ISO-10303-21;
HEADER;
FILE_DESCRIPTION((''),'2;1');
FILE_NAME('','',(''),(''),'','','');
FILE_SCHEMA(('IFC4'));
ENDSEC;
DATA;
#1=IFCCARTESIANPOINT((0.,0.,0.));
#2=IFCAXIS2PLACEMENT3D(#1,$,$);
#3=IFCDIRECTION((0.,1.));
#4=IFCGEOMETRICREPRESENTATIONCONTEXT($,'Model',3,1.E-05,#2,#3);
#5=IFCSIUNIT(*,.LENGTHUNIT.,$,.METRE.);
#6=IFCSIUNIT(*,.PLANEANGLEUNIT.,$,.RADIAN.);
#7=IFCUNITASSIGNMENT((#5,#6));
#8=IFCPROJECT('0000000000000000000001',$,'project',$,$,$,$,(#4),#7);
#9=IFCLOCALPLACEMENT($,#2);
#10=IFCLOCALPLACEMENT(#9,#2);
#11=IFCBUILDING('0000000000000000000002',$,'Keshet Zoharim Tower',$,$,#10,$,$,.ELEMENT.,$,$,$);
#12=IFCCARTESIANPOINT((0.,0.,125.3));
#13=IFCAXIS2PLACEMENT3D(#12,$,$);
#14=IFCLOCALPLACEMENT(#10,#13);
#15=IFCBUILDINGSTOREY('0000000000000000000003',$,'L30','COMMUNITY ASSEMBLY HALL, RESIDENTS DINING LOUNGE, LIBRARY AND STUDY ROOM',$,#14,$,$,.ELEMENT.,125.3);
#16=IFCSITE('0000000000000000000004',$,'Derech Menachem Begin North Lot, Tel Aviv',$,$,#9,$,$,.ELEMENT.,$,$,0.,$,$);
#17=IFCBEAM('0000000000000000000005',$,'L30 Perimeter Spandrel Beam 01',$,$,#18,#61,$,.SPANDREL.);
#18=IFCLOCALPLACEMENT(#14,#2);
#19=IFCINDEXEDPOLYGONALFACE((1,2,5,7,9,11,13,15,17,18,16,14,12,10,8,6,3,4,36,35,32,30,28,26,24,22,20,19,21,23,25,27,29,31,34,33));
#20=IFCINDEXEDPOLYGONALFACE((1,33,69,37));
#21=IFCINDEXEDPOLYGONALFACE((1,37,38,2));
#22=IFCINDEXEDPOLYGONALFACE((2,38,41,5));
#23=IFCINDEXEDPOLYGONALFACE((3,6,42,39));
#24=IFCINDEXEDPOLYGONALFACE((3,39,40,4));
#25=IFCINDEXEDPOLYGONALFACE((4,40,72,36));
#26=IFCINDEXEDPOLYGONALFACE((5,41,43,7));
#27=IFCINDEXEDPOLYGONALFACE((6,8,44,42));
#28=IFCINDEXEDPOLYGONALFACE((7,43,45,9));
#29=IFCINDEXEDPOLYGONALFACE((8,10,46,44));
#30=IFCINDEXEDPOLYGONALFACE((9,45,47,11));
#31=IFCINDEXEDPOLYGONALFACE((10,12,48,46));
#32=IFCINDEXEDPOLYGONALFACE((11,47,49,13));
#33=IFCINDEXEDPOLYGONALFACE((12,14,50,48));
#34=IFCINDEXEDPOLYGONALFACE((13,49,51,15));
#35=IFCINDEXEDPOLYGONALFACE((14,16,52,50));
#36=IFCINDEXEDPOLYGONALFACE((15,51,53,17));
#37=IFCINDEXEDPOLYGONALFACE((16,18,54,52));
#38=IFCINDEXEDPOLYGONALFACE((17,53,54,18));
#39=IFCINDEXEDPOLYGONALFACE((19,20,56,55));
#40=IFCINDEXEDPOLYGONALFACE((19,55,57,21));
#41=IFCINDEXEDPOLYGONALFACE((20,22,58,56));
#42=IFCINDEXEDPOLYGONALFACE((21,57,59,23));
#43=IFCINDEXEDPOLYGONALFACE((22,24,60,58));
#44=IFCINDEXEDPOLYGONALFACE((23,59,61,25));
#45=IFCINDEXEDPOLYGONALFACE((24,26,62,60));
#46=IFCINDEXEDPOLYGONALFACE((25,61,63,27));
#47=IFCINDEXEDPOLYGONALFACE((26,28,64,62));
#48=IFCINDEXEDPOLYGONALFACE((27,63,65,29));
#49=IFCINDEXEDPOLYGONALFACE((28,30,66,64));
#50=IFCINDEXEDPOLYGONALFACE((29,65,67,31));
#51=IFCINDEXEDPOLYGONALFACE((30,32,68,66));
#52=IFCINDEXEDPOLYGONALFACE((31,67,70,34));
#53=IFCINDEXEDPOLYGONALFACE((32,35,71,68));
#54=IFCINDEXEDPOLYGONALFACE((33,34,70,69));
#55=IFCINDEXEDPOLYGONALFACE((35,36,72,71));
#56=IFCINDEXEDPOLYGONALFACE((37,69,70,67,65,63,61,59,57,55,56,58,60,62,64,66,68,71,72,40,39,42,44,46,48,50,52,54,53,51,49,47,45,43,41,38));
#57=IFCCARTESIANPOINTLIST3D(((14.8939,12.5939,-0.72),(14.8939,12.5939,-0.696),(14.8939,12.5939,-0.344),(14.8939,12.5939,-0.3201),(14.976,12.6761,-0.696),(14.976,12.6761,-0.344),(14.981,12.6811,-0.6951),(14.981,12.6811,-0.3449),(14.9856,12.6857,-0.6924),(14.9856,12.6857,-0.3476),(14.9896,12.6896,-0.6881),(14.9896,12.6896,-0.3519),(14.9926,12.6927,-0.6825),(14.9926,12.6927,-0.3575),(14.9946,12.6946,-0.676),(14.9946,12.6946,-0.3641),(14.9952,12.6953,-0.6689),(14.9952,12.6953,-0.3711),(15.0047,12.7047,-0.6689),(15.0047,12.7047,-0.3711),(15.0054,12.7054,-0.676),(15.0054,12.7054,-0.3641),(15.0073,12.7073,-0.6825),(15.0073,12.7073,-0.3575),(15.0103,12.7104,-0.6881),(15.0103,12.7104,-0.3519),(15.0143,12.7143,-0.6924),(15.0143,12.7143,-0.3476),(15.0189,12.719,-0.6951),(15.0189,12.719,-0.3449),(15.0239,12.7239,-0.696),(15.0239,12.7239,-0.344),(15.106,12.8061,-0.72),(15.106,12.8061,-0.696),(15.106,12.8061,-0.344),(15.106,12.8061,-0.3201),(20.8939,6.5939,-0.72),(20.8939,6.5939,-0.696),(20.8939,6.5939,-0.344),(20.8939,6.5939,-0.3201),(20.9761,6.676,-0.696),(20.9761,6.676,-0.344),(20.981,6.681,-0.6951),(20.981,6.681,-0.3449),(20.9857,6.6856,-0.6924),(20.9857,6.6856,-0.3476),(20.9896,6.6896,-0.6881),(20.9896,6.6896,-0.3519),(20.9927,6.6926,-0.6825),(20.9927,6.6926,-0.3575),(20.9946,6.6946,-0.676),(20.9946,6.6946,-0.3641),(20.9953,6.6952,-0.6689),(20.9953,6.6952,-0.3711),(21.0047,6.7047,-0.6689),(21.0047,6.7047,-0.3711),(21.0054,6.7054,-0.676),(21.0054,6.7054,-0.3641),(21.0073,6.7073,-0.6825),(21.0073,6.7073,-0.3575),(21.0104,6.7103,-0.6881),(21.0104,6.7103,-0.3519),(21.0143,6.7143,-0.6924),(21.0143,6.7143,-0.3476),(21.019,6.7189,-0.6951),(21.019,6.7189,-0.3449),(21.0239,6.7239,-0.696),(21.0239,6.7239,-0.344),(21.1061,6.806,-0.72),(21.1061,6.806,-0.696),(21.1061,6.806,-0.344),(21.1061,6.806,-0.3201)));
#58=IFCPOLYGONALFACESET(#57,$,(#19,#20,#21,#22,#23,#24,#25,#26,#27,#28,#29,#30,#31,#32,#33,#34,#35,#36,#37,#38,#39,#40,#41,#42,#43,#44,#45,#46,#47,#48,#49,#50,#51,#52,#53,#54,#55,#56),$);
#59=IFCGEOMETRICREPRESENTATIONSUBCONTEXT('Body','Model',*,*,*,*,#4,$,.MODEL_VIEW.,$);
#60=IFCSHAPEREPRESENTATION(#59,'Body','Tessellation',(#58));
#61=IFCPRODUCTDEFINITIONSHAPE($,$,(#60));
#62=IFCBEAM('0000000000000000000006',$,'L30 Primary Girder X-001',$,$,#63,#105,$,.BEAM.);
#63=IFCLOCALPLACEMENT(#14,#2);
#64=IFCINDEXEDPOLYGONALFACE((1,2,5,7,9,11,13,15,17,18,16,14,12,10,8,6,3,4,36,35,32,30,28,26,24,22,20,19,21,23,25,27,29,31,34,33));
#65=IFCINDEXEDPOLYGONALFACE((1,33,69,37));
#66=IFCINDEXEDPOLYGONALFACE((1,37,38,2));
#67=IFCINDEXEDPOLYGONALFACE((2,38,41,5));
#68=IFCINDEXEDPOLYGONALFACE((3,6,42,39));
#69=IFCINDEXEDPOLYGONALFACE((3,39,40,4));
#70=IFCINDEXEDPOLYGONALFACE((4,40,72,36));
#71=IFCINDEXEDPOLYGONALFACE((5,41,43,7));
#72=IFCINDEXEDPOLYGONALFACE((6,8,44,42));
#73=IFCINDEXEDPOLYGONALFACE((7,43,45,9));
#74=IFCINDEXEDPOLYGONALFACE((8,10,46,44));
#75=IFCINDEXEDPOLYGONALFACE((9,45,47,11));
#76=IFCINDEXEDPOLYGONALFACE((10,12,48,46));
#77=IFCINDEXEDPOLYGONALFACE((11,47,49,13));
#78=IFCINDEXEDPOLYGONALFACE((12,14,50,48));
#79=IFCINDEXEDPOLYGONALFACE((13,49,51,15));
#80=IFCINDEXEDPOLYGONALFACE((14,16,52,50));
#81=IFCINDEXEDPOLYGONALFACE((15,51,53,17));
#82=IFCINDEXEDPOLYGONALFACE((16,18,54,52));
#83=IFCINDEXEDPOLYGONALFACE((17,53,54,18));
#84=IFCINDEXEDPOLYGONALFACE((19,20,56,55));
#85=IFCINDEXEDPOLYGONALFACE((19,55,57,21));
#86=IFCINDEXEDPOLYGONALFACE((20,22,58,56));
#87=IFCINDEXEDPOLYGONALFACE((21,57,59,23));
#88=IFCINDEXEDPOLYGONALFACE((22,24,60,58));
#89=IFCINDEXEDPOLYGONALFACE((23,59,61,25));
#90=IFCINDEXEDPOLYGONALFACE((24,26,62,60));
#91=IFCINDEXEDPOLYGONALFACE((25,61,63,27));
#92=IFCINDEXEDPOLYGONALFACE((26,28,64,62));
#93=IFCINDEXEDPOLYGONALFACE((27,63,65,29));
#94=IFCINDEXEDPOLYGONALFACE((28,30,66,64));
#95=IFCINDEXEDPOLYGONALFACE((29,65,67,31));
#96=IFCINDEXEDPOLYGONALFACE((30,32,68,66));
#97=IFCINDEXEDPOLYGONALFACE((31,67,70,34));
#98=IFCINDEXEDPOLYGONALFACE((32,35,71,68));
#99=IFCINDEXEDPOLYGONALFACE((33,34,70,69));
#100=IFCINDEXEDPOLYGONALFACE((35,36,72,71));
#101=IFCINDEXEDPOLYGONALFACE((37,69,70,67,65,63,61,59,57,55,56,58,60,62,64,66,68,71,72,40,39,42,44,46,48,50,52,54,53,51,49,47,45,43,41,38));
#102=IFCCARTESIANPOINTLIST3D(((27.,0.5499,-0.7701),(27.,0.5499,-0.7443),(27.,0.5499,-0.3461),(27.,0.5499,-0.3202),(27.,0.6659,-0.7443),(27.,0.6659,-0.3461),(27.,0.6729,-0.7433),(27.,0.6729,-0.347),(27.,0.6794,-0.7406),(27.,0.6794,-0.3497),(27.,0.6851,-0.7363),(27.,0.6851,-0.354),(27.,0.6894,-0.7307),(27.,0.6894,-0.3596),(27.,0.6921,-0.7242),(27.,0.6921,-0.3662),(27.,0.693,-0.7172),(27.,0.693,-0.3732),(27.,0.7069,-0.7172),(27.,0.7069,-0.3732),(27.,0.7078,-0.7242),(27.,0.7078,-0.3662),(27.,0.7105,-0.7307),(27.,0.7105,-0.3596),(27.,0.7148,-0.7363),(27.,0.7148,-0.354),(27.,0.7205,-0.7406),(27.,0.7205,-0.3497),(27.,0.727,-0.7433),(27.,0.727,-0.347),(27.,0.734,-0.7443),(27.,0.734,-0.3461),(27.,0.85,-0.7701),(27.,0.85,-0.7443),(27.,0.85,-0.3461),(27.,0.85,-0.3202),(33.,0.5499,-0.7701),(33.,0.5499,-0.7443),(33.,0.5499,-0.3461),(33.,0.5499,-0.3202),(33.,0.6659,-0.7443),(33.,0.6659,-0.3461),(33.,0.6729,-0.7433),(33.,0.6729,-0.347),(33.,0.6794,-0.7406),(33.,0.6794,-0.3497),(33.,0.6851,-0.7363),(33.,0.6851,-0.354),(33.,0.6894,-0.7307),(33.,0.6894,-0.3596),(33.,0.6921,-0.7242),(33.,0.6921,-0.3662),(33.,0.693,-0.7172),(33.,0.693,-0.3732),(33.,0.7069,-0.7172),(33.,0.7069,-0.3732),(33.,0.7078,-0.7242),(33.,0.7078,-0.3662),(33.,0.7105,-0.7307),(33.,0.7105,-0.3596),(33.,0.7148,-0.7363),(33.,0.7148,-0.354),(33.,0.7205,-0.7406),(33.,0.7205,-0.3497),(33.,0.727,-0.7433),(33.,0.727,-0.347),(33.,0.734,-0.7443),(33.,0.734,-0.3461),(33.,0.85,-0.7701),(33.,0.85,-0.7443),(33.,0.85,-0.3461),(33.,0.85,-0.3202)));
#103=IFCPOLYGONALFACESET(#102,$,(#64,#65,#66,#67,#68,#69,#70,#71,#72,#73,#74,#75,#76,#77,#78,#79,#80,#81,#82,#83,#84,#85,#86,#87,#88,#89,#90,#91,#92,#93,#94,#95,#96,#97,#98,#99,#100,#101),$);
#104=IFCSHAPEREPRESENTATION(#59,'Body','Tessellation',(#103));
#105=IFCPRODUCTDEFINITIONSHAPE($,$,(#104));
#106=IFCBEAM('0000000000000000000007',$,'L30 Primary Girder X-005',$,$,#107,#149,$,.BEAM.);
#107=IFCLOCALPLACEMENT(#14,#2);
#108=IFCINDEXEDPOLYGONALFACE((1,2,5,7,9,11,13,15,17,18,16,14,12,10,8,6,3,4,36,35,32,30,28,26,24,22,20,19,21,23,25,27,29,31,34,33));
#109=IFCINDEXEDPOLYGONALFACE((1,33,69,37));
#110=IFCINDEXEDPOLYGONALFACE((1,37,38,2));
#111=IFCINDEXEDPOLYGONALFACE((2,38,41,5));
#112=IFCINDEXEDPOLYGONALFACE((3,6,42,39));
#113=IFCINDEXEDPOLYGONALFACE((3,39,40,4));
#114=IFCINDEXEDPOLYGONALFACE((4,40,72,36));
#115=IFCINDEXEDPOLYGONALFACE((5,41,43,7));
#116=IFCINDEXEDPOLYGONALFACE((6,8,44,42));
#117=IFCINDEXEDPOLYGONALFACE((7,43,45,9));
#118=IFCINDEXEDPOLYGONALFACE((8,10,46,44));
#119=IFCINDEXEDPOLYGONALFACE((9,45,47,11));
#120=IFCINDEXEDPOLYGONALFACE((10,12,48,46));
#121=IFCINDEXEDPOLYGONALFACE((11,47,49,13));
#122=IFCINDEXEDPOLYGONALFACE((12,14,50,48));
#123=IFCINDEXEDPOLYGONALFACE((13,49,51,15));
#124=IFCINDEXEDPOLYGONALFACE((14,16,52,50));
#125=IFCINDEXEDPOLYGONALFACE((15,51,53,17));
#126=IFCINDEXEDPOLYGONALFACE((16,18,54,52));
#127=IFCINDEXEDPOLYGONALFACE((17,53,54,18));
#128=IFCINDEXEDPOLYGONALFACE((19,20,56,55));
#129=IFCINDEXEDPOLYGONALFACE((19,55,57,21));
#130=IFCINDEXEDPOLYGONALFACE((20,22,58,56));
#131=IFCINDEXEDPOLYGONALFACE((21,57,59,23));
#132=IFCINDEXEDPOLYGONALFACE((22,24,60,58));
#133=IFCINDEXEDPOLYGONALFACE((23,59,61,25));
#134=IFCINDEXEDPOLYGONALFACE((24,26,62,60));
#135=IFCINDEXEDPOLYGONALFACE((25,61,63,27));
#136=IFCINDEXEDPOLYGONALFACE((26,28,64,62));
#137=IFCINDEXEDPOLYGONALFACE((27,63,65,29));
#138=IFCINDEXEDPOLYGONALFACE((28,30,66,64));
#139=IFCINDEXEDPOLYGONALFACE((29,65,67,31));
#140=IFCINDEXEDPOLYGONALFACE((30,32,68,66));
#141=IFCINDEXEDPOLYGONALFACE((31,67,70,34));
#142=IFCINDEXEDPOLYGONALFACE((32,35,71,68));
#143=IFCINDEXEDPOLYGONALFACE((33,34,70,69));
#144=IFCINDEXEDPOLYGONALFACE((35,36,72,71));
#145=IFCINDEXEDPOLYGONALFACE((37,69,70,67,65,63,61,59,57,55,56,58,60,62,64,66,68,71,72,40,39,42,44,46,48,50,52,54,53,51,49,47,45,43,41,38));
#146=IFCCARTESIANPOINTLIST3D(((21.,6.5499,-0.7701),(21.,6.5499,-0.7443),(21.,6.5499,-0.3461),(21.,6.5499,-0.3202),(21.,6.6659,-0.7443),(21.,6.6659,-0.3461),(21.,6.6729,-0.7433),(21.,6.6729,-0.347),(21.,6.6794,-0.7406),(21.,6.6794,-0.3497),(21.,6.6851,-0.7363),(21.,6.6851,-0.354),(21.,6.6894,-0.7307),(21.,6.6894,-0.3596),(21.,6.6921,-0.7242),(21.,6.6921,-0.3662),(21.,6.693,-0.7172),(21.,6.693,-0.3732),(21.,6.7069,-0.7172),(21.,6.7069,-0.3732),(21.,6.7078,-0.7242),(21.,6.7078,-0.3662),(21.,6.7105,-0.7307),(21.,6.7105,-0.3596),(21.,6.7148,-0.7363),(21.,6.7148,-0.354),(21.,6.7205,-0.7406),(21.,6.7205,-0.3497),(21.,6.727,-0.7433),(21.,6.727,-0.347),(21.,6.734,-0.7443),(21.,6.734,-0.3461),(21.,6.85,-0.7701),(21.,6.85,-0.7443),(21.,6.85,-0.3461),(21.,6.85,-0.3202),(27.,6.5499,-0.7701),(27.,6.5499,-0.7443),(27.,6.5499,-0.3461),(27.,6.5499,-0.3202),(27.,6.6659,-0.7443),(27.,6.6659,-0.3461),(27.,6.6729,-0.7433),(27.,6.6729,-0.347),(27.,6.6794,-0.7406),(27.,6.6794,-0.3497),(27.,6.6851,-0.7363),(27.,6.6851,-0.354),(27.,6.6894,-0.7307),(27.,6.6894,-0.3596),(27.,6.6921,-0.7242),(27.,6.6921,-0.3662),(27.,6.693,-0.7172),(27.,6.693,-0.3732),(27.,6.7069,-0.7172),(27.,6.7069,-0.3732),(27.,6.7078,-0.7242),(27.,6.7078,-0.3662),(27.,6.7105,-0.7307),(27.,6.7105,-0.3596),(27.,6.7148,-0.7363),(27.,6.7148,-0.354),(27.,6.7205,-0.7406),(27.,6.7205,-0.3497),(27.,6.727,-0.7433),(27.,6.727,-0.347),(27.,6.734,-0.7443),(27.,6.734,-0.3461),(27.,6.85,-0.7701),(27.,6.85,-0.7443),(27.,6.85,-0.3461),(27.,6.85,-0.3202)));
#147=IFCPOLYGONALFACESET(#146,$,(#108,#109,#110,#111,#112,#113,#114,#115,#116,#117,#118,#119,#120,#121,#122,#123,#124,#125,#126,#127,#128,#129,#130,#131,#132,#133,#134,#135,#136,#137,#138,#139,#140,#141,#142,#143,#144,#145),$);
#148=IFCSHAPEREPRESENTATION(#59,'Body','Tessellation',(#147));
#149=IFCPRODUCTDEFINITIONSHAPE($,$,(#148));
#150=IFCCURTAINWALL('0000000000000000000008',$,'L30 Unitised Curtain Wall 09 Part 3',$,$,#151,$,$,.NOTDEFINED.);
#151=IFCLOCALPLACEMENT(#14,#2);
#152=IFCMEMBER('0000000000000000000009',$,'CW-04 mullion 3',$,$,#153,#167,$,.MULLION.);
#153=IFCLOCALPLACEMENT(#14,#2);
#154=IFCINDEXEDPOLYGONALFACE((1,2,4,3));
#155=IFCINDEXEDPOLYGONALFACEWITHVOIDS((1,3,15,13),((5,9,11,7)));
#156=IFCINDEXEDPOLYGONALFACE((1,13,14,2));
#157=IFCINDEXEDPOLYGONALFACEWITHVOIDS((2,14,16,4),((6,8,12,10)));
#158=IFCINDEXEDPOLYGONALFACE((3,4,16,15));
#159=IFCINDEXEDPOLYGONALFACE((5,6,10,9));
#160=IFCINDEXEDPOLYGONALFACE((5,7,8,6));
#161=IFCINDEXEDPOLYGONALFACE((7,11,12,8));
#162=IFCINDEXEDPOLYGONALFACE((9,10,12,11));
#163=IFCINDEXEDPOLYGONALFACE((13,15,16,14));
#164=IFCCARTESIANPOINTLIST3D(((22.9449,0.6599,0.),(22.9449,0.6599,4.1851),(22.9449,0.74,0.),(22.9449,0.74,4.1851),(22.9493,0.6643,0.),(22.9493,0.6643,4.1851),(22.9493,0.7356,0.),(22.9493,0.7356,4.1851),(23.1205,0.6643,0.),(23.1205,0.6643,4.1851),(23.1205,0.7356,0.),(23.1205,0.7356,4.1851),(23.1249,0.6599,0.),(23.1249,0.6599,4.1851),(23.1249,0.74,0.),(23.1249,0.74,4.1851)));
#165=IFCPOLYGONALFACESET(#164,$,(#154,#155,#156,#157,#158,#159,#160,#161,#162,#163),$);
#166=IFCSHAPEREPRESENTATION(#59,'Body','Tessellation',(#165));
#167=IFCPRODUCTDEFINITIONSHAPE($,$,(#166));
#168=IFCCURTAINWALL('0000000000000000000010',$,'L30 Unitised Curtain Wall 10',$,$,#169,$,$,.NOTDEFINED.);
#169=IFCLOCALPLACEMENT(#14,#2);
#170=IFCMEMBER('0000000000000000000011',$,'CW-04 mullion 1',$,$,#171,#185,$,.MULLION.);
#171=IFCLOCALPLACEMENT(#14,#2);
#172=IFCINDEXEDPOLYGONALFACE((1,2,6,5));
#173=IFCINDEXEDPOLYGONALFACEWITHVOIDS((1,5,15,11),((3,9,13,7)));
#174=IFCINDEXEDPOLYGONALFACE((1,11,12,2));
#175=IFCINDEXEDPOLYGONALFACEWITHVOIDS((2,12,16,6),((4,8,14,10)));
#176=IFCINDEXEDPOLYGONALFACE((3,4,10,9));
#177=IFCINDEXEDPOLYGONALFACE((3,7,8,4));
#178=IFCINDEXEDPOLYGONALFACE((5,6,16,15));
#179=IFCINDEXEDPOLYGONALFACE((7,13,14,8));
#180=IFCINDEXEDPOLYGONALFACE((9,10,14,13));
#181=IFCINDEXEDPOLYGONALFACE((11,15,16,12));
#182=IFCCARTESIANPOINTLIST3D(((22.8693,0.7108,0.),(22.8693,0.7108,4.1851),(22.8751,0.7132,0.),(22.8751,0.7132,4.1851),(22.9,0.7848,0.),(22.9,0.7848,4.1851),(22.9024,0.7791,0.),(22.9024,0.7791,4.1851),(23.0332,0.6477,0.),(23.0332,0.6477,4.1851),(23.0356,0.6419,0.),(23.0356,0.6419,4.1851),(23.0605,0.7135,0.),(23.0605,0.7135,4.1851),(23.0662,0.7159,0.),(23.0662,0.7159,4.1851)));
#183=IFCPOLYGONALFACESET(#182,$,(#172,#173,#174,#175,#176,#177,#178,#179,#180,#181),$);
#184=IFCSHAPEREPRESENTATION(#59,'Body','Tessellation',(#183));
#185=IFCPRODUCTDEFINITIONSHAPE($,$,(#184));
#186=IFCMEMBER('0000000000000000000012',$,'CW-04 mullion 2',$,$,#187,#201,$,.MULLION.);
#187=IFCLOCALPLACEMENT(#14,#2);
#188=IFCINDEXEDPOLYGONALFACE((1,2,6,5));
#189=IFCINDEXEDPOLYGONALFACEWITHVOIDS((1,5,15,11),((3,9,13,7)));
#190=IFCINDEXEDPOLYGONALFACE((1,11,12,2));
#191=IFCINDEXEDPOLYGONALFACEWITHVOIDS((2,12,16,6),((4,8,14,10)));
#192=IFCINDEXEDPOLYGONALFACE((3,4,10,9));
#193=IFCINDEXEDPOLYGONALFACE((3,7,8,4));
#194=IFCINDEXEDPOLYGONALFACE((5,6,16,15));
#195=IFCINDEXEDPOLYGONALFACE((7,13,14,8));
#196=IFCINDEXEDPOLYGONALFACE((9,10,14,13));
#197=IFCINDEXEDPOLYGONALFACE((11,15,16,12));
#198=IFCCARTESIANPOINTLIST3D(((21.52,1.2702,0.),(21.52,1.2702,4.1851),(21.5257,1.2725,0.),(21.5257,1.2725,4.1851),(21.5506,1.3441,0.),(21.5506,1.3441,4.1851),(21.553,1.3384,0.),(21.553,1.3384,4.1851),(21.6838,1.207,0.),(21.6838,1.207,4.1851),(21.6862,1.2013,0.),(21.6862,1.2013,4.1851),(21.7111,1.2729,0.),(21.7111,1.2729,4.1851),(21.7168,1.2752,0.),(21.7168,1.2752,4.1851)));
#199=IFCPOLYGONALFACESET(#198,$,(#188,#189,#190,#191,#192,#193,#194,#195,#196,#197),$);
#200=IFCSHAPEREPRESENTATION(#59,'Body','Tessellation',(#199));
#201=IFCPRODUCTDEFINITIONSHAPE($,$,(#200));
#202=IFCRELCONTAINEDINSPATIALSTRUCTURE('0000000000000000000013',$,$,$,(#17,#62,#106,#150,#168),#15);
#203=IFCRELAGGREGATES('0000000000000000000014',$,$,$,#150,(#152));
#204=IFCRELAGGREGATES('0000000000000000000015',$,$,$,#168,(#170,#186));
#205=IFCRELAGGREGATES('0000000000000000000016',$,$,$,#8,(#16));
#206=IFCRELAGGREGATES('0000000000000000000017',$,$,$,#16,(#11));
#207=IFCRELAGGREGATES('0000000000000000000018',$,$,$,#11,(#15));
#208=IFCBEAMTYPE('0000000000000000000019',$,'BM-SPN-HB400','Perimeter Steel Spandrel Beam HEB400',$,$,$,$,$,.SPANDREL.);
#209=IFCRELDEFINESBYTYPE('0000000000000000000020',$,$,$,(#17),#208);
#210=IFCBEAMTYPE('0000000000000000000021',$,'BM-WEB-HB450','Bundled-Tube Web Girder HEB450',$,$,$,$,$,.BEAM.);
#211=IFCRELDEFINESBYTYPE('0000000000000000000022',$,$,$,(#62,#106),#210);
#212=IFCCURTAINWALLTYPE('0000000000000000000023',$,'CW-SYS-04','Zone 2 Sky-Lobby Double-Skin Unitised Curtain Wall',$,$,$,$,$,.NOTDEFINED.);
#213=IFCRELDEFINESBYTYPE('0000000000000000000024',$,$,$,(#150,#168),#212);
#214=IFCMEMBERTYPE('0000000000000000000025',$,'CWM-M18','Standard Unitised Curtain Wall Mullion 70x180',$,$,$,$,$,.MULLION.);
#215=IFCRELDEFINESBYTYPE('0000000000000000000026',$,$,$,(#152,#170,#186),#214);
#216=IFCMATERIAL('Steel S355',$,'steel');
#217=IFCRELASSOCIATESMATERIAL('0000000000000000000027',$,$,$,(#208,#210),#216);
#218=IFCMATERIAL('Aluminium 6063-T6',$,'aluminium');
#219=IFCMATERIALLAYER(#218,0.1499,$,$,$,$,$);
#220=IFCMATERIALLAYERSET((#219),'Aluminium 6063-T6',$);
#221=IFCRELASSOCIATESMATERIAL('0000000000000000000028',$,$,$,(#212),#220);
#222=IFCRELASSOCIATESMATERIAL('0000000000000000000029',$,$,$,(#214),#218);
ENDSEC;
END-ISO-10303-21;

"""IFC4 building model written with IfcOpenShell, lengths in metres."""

from ifc_helpers import new_model, si_unit, direction, frame, origin, origin_2d, place, context, subcontext, project, spatial, hollow_rectangle, i_section, extrude, material, layer, layer_set, material_profile, profile_set, type_object, element, aggregate, save


model = new_model("IFC4")

# Units and contexts
model_context = context("Model", 3, precision=1e-05, world=origin(), true_north=direction((0.0, 1.0)))
body_context = subcontext(model_context, "Body", "Model", "MODEL_VIEW")
ifc_project = project(units=[si_unit("LENGTHUNIT", "METRE"), si_unit("PLANEANGLEUNIT", "RADIAN")], contexts=[model_context])

# Site, building, storey
site_placement = place(None, origin())
site = spatial("IfcSite", under=ifc_project, at=site_placement, Name="Derech Menachem Begin North Lot, Tel Aviv", CompositionType="ELEMENT", RefElevation=0.0)
building_placement = place(site_placement, origin())
building = spatial("IfcBuilding", under=site, at=building_placement, Name="Keshet Zoharim Tower", CompositionType="ELEMENT")
storey_placement = place(building_placement, frame((0.0, 0.0, 125.3)))
storey = spatial("IfcBuildingStorey", under=building, at=storey_placement, Name="L30", Description="COMMUNITY ASSEMBLY HALL, RESIDENTS DINING LOUNGE, LIBRARY AND STUDY ROOM", CompositionType="ELEMENT", Elevation=125.3)

# Shared definitions
ifc_material_1 = material(Name="Steel S355", Category="steel")

# Beams
ifc_material_profile_1 = material_profile(ifc_material_1, i_section(OverallWidth=0.3, OverallDepth=0.3999, WebThickness=0.0134, FlangeThickness=0.0239, FilletRadius=0.0271, at=origin_2d()), Name="HEB400")
ifc_profile_set_1 = profile_set([ifc_material_profile_1], Name="Steel S355")
beam_type_1 = type_object("IfcBeamType", Name="BM-SPN-HB400", Description="Perimeter Steel Spandrel Beam HEB400", PredefinedType="SPANDREL", material=ifc_profile_set_1)
beam_1_placement = place(storey_placement, frame((21.0, 6.7, -0.52), z_axis=(-0.707107, 0.707107, 0.0), x_axis=(-0.707107, -0.707107, 0.0)))
element("IfcBeam", 1, at=beam_1_placement, inside=storey, type_object=beam_type_1, Name="L30 Perimeter Spandrel Beam 01", PredefinedType="SPANDREL", context=body_context, shape_type="SweptSolid", body=[
    extrude(i_section(OverallWidth=0.3, OverallDepth=0.3999, WebThickness=0.0134, FlangeThickness=0.0239, FilletRadius=0.0271, at=origin_2d()), origin(), (0.0, 0.0, 1.0), 8.4854),
])
ifc_material_profile_2 = material_profile(ifc_material_1, i_section(OverallWidth=0.3, OverallDepth=0.45, WebThickness=0.0139, FlangeThickness=0.0259, FilletRadius=0.0271, at=origin_2d()), Name="HEB450")
ifc_profile_set_2 = profile_set([ifc_material_profile_2], Name="Steel S355")
beam_type_2 = type_object("IfcBeamType", Name="BM-WEB-HB450", Description="Bundled-Tube Web Girder HEB450", PredefinedType="BEAM", material=ifc_profile_set_2)
for number, where, z_axis, x_axis, name in (
    (2, (27.0, 0.7, -0.5452), (1.0, 0.0, 0.0), (0.0, 1.0, 0.0), "L30 Primary Girder X-001"),
    (3, (21.0, 6.7, -0.5452), (1.0, 0.0, 0.0), (0.0, 1.0, 0.0), "L30 Primary Girder X-005"),
):
    element("IfcBeam", number, at=place(storey_placement, frame(where, z_axis=z_axis, x_axis=x_axis)), inside=storey, type_object=beam_type_2, Name=name, PredefinedType="BEAM", context=body_context, shape_type="SweptSolid", body=[
        extrude(i_section(OverallWidth=0.3, OverallDepth=0.45, WebThickness=0.0139, FlangeThickness=0.0259, FilletRadius=0.0271, at=origin_2d()), origin(), (0.0, 0.0, 1.0), 6.0),
    ])

# Curtain wall, member
ifc_material_2 = material(Name="Aluminium 6063-T6", Category="aluminium")
ifc_layer_1 = layer(ifc_material_2, 0.1499)
ifc_layer_set_1 = layer_set([ifc_layer_1], Name="Aluminium 6063-T6")
curtain_wall_type = type_object("IfcCurtainWallType", Name="CW-SYS-04", Description="Zone 2 Sky-Lobby Double-Skin Unitised Curtain Wall", PredefinedType="NOTDEFINED", material=ifc_layer_set_1)
curtain_wall_1_placement = place(storey_placement, origin())
curtain_wall_1 = element("IfcCurtainWall", 4, at=curtain_wall_1_placement, inside=storey, type_object=curtain_wall_type, Name="L30 Unitised Curtain Wall 09 Part 3", PredefinedType="NOTDEFINED")
ifc_material_profile_3 = material_profile(ifc_material_2, hollow_rectangle(XDim=0.0801, YDim=0.1799, WallThickness=0.0044, at=origin_2d()), Name="MUL-80x180")
ifc_profile_set_3 = profile_set([ifc_material_profile_3], Name="Aluminium 6063-T6")
member_type_1 = type_object("IfcMemberType", Name="CWM-M18", Description="Standard Unitised Curtain Wall Mullion 70x180", PredefinedType="MULLION", material=ifc_profile_set_3)
member_1_placement = place(storey_placement, frame((23.0349, 0.7, 0.0), z_axis=(0.0, 0.0, 1.0), x_axis=(0.0, -1.0, 0.0)))
member_1 = element("IfcMember", 5, at=member_1_placement, type_object=member_type_1, Name="CW-04 mullion 3", PredefinedType="MULLION", context=body_context, shape_type="SweptSolid", body=[
    extrude(hollow_rectangle(XDim=0.0801, YDim=0.1799, WallThickness=0.0044, at=origin_2d()), origin(), (0.0, 0.0, 1.0), 4.1851),
])
aggregate(curtain_wall_1, [member_1])

# Curtain wall, members
curtain_wall_2_placement = place(storey_placement, origin())
curtain_wall_2 = element("IfcCurtainWall", 6, at=curtain_wall_2_placement, inside=storey, type_object=curtain_wall_type, Name="L30 Unitised Curtain Wall 10", PredefinedType="NOTDEFINED")
member_2_placement = place(storey_placement, frame((22.9678, 0.7134, 0.0), z_axis=(0.0, 0.0, 1.0), x_axis=(-0.382852, -0.92381, 0.0)))
member_2 = element("IfcMember", 7, at=member_2_placement, type_object=member_type_1, Name="CW-04 mullion 1", PredefinedType="MULLION", context=body_context, shape_type="SweptSolid", body=[
    extrude(hollow_rectangle(XDim=0.0801, YDim=0.1799, WallThickness=0.0044, at=origin_2d()), origin(), (0.0, 0.0, 1.0), 4.1851),
])
member_3_placement = place(storey_placement, frame((21.6184, 1.2727, 0.0), z_axis=(0.0, 0.0, 1.0), x_axis=(-0.382852, -0.92381, 0.0)))
member_3 = element("IfcMember", 8, at=member_3_placement, type_object=member_type_1, Name="CW-04 mullion 2", PredefinedType="MULLION", context=body_context, shape_type="SweptSolid", body=[
    extrude(hollow_rectangle(XDim=0.0801, YDim=0.1799, WallThickness=0.0044, at=origin_2d()), origin(), (0.0, 0.0, 1.0), 4.1851),
])

aggregate(curtain_wall_2, [member_2, member_3])

save(model, "model.ifc")
